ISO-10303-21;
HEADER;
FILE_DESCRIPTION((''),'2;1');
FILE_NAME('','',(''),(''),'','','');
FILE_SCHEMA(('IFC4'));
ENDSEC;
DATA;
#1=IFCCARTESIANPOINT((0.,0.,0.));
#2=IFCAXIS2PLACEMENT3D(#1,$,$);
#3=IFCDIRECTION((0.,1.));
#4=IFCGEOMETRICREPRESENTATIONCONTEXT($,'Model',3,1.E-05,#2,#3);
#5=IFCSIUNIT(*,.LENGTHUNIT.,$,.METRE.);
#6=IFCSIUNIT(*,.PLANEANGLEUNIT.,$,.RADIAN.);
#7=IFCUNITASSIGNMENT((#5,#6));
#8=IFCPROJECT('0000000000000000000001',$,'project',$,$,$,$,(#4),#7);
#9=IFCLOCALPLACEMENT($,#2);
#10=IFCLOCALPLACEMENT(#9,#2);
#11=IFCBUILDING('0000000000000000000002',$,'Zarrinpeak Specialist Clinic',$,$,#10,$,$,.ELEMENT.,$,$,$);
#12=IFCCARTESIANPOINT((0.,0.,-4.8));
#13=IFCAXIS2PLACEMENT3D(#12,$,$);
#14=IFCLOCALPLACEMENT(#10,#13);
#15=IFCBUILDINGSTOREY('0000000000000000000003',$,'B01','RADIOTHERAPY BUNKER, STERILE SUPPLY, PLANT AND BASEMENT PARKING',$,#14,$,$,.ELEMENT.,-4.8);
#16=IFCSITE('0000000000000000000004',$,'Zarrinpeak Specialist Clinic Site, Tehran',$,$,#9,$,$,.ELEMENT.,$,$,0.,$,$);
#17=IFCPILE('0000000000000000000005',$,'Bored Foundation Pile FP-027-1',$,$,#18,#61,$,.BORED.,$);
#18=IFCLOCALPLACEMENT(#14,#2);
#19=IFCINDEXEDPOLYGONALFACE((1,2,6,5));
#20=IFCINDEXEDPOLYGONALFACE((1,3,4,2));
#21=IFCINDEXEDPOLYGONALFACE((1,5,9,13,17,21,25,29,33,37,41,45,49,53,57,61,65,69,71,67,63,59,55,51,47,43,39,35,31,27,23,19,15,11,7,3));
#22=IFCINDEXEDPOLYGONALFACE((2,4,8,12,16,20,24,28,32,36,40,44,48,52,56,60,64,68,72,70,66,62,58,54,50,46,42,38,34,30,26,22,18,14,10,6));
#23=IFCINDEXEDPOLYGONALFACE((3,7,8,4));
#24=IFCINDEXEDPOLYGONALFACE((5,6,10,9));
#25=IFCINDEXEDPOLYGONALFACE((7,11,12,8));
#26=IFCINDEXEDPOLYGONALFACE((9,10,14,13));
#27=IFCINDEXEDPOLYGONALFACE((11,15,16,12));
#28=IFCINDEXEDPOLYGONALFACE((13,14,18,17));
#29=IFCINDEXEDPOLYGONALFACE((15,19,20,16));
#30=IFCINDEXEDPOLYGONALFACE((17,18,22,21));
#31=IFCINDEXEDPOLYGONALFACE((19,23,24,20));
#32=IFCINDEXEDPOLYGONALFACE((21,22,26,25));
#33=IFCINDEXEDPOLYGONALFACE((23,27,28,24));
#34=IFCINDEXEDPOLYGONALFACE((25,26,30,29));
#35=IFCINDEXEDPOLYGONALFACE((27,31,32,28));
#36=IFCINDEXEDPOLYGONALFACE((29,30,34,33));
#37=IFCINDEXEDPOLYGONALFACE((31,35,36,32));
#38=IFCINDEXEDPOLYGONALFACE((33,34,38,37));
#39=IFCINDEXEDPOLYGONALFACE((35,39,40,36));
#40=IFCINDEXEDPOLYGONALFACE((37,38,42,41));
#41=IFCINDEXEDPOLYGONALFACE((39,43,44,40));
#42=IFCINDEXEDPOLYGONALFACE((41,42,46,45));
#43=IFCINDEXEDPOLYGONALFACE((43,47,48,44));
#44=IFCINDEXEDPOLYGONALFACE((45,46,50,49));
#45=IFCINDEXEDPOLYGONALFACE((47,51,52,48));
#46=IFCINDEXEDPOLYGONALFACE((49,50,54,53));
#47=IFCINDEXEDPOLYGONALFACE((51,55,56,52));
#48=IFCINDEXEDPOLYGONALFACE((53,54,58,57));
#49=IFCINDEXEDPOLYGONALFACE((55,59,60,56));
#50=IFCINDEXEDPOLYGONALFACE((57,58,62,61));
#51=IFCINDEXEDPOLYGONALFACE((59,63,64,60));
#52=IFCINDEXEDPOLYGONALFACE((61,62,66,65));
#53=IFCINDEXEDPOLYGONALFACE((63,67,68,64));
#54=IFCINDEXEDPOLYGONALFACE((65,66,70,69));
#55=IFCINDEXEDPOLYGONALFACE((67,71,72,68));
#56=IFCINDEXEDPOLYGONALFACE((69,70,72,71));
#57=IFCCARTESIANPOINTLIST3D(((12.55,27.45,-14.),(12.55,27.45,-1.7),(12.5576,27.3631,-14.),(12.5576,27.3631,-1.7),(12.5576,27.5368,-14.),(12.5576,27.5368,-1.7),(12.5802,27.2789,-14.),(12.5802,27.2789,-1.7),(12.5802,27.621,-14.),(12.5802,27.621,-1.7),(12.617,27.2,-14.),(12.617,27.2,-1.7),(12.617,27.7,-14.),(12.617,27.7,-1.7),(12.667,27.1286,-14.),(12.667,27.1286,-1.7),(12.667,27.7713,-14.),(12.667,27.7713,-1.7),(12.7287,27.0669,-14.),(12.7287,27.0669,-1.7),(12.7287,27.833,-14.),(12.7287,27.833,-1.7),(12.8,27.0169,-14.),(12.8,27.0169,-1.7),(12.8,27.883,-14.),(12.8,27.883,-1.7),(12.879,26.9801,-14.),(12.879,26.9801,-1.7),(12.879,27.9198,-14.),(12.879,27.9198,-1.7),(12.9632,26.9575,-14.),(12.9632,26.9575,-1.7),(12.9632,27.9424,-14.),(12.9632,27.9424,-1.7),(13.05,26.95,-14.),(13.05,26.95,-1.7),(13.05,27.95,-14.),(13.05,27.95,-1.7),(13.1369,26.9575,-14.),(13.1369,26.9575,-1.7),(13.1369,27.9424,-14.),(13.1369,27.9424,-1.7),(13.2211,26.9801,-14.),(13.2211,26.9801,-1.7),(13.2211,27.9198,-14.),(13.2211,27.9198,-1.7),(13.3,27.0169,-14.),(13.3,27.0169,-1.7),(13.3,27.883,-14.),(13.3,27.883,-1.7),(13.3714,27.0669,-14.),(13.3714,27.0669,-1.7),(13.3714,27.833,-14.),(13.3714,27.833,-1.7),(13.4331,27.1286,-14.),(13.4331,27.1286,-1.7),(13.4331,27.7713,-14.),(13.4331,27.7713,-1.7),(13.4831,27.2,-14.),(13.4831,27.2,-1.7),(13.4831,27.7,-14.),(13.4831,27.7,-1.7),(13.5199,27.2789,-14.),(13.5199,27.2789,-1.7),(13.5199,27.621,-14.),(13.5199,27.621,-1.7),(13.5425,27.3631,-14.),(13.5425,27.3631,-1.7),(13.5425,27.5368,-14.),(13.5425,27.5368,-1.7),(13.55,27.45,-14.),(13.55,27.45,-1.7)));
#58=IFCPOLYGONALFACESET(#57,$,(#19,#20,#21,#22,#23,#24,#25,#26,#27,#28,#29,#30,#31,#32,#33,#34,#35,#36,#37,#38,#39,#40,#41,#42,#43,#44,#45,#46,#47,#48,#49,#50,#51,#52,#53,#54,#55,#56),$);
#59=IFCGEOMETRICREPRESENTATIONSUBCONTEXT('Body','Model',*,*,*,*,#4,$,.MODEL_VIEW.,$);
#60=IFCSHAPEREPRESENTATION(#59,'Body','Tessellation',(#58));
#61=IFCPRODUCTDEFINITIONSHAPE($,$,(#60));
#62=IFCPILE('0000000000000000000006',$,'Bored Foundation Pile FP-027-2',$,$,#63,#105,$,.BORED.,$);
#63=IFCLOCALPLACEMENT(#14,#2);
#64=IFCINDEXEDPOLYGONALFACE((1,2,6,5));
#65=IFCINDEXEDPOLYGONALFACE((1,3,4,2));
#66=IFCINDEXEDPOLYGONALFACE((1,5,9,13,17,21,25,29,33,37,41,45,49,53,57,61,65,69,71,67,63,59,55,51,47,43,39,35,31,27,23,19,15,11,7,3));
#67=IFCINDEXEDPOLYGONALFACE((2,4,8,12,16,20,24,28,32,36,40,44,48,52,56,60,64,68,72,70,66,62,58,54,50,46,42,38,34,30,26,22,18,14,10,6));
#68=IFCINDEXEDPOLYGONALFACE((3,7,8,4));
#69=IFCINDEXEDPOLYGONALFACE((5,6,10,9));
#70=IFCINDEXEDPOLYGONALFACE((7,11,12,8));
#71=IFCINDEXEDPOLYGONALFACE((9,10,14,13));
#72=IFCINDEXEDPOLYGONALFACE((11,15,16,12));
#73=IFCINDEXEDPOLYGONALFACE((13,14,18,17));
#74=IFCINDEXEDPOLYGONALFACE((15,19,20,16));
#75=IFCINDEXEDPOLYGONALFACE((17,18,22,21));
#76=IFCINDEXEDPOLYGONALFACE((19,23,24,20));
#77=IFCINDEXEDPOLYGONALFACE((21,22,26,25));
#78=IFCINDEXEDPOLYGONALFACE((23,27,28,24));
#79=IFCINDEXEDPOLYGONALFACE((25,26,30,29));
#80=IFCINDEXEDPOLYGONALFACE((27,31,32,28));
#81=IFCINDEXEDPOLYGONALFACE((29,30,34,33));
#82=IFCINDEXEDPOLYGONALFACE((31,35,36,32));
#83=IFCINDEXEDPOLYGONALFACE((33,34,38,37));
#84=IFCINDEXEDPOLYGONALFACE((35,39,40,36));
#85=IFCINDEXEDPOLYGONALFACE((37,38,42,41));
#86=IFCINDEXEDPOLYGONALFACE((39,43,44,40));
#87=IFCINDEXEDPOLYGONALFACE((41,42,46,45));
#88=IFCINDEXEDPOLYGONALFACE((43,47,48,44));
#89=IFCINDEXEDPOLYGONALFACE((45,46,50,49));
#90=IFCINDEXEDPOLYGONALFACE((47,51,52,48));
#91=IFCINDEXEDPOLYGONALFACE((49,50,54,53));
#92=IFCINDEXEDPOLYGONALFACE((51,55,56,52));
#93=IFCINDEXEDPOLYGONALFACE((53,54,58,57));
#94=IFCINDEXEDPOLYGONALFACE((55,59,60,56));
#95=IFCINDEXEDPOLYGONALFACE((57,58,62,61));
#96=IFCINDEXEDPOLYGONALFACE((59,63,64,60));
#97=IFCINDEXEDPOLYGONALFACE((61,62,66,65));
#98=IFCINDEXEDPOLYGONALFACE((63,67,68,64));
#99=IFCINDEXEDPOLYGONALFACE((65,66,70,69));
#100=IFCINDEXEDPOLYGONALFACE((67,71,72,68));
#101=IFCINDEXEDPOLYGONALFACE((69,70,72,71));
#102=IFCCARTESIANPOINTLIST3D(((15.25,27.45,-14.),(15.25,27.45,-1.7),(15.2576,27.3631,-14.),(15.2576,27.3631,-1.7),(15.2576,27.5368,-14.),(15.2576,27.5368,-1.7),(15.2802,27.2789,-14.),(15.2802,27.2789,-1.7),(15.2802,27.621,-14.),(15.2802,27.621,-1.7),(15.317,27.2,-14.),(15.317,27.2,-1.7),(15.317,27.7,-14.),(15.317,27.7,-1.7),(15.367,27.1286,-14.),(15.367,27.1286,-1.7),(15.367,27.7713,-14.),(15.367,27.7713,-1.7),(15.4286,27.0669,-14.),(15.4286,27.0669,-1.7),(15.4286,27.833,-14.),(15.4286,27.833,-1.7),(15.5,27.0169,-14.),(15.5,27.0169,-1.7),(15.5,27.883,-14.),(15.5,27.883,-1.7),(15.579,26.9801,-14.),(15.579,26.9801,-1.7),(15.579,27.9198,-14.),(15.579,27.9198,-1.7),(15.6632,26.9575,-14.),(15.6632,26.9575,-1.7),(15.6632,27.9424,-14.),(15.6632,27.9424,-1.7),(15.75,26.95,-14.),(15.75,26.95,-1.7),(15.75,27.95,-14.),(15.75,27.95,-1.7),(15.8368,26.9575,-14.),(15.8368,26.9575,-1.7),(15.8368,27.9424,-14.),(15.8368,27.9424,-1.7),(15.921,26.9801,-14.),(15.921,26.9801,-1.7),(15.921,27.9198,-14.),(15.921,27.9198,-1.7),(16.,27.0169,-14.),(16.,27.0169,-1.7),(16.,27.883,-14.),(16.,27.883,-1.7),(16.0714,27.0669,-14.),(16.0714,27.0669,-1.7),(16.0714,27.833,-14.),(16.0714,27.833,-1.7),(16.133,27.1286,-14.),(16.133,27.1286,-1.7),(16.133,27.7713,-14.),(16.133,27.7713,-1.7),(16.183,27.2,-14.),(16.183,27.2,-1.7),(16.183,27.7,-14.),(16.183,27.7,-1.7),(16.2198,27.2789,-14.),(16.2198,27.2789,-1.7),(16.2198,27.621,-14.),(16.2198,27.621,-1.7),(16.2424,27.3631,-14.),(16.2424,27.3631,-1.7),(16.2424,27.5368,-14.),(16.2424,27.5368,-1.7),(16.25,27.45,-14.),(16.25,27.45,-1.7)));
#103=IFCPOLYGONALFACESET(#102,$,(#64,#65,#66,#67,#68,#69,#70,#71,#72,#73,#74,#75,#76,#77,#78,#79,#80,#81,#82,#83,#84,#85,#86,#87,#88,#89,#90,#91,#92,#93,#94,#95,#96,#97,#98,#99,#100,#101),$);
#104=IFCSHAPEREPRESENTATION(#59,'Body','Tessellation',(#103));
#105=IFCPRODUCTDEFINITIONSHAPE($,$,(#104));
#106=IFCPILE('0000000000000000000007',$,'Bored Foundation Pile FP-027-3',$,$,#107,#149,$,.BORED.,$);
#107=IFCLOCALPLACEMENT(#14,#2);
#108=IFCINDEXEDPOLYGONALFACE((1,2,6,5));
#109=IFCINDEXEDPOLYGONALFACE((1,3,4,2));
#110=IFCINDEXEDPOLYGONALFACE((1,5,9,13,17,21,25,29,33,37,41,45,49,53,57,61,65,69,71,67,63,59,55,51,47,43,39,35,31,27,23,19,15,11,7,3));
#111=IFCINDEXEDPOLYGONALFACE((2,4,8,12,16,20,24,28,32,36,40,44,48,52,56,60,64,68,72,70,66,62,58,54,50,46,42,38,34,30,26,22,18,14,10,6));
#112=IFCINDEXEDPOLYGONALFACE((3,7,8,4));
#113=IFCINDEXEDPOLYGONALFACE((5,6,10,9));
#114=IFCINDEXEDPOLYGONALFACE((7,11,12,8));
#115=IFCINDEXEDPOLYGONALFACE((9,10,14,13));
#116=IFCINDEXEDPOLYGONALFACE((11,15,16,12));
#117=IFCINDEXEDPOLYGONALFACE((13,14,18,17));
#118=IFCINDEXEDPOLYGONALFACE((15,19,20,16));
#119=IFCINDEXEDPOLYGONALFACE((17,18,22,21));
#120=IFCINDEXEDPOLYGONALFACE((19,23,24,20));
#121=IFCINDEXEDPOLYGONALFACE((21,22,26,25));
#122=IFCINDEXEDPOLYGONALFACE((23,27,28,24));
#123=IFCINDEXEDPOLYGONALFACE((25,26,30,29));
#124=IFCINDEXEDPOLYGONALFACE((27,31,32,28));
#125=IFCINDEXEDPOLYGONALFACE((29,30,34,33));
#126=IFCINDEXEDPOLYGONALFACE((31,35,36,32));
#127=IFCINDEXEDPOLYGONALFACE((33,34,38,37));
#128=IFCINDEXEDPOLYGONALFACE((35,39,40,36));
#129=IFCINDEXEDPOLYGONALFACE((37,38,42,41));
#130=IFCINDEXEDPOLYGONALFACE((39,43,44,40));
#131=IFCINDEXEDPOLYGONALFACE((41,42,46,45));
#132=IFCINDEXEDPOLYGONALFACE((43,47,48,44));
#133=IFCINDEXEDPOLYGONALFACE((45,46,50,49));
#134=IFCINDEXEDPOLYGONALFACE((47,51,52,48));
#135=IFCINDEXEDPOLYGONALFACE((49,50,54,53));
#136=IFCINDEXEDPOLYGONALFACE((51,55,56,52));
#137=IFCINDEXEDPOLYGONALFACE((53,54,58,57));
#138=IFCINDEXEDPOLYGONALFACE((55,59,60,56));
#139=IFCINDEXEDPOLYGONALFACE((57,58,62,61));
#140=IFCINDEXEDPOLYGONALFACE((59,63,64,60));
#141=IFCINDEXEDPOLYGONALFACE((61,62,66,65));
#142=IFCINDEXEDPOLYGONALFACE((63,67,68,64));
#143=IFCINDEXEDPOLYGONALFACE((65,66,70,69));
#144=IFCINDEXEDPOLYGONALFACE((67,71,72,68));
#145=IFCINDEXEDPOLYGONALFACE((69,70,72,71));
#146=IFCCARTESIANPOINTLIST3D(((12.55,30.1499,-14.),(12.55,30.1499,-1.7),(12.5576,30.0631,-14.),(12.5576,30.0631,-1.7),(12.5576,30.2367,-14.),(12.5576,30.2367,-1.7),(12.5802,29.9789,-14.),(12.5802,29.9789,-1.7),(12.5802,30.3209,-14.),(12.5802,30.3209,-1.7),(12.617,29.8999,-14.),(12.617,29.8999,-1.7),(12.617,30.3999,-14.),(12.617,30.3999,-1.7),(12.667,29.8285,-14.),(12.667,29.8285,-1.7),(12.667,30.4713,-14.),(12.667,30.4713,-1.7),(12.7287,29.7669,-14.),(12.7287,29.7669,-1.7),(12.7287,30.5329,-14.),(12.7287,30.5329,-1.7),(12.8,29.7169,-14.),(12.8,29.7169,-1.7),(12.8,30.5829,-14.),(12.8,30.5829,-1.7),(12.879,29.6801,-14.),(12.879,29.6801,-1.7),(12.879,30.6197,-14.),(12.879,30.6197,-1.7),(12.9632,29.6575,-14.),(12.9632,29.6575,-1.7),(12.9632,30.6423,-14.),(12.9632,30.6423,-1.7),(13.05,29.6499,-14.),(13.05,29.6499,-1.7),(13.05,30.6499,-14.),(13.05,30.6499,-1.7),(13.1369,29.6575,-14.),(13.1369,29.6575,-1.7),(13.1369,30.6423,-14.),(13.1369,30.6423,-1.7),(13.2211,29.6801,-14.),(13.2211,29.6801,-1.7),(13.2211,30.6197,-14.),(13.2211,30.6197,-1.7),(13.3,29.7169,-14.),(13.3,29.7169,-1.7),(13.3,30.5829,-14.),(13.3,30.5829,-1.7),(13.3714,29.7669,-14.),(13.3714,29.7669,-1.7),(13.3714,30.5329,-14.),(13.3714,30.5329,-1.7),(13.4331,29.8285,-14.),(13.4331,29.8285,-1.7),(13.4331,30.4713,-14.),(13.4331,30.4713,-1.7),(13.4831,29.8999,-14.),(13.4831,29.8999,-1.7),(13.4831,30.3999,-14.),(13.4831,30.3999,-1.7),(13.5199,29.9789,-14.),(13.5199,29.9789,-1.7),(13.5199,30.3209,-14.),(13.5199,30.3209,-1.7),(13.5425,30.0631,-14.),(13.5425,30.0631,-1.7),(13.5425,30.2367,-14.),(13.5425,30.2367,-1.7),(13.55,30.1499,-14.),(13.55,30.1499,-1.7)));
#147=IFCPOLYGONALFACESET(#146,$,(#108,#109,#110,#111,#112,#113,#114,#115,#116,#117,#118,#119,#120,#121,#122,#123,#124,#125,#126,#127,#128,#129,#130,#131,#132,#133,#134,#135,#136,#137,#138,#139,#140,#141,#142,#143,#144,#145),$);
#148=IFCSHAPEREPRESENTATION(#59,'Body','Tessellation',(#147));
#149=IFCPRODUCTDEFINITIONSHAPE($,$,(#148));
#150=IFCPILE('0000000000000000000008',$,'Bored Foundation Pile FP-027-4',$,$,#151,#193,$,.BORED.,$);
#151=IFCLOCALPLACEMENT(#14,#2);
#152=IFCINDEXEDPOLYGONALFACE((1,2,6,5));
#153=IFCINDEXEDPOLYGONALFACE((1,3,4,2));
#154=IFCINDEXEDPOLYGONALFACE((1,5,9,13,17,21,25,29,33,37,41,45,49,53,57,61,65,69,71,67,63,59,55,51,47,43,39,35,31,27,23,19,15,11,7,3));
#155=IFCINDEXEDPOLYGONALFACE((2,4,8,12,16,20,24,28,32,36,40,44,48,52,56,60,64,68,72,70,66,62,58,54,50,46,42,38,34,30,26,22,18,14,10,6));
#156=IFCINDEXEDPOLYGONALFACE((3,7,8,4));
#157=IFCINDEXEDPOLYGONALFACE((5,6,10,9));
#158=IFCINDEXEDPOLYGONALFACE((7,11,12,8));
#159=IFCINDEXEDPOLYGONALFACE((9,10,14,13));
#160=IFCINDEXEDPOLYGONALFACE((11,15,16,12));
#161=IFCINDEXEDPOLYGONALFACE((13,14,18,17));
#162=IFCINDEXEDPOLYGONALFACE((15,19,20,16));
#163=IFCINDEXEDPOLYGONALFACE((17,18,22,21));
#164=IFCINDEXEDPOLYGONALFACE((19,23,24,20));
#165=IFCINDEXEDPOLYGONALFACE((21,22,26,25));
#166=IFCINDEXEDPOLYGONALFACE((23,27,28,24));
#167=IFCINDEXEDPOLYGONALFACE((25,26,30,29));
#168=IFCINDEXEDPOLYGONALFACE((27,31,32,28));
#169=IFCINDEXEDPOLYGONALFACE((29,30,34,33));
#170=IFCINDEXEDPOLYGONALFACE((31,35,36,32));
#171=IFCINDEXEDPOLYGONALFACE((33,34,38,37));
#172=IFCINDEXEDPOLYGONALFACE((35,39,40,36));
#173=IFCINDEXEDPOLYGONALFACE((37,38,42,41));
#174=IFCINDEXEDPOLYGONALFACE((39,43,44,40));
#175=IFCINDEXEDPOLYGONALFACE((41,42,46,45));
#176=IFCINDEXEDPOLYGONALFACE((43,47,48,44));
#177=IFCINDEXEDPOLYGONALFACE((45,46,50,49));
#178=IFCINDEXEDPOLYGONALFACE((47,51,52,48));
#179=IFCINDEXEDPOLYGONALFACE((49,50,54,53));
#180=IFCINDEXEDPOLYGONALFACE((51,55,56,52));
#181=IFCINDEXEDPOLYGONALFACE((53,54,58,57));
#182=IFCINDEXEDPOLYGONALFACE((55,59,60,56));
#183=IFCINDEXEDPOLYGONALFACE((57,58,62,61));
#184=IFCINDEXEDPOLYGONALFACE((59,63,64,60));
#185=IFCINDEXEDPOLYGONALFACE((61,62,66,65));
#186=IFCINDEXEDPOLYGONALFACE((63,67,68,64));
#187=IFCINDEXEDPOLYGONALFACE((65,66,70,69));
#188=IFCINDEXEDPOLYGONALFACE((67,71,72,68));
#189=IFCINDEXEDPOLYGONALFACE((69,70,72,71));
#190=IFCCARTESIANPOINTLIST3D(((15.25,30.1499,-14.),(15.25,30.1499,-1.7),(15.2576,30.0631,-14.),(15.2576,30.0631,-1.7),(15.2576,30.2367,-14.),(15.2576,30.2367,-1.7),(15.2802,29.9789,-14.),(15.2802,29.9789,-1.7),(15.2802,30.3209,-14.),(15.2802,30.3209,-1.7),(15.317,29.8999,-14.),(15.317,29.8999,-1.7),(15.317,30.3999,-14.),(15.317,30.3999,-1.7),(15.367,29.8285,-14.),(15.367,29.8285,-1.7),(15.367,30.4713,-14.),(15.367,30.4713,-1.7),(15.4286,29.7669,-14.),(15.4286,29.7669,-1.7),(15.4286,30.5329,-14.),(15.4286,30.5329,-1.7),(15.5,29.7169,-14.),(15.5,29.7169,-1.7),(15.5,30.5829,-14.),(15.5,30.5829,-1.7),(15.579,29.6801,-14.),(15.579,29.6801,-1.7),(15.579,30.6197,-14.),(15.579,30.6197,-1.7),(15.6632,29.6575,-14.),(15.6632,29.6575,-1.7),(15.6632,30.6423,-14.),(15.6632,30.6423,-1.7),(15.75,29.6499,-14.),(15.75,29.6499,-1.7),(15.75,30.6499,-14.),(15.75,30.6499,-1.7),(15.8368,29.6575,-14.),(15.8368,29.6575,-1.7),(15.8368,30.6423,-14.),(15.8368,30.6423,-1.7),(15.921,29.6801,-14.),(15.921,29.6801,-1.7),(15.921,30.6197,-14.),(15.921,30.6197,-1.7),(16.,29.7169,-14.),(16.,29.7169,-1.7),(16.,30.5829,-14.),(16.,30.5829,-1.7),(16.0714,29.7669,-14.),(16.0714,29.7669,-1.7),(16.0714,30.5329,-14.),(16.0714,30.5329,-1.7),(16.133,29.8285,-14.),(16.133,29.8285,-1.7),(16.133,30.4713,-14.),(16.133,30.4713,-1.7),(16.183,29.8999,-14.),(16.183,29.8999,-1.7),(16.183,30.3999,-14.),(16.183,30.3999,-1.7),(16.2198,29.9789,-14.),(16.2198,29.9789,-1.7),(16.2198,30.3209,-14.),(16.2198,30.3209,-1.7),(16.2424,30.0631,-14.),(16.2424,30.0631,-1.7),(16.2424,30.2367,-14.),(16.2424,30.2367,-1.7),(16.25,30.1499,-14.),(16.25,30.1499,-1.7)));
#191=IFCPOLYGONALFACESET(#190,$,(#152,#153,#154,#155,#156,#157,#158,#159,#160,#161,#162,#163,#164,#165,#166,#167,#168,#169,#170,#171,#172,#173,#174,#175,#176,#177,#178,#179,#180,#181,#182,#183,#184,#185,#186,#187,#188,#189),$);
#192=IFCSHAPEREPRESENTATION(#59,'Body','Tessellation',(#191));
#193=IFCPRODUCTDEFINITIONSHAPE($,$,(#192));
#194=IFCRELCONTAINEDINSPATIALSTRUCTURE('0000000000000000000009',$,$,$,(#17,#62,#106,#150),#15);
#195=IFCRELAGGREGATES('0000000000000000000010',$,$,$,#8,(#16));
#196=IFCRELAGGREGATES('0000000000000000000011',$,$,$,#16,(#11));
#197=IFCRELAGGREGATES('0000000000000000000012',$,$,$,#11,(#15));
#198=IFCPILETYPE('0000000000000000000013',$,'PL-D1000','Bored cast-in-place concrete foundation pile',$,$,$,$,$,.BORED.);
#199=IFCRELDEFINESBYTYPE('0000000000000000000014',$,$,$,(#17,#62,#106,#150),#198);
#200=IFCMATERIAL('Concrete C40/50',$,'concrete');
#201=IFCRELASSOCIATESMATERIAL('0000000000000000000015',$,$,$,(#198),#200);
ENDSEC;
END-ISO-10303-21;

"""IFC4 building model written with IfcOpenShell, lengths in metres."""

from ifc_helpers import new_model, si_unit, direction, frame, origin, origin_2d, place, context, subcontext, project, spatial, circle, extrude, material, material_profile, profile_set, type_object, element, save


model = new_model("IFC4")

# Units and contexts
model_context = context("Model", 3, precision=1e-05, world=origin(), true_north=direction((0.0, 1.0)))
body_context = subcontext(model_context, "Body", "Model", "MODEL_VIEW")
ifc_project = project(units=[si_unit("LENGTHUNIT", "METRE"), si_unit("PLANEANGLEUNIT", "RADIAN")], contexts=[model_context])

# Site, building, storey
site_placement = place(None, origin())
site = spatial("IfcSite", under=ifc_project, at=site_placement, Name="Zarrinpeak Specialist Clinic Site, Tehran", CompositionType="ELEMENT", RefElevation=0.0)
building_placement = place(site_placement, origin())
building = spatial("IfcBuilding", under=site, at=building_placement, Name="Zarrinpeak Specialist Clinic", CompositionType="ELEMENT")
storey_placement = place(building_placement, frame((0.0, 0.0, -4.8)))
storey = spatial("IfcBuildingStorey", under=building, at=storey_placement, Name="B01", Description="RADIOTHERAPY BUNKER, STERILE SUPPLY, PLANT AND BASEMENT PARKING", CompositionType="ELEMENT", Elevation=-4.8)

# Shared definitions
ifc_material_1 = material(Name="Concrete C40/50", Category="concrete")

# Piles
ifc_material_profile_1 = material_profile(ifc_material_1, circle(Radius=0.5, at=origin_2d()), Name="BORED PILE D1000")
ifc_profile_set_1 = profile_set([ifc_material_profile_1], Name="Concrete C40/50")
pile_type = type_object("IfcPileType", Name="PL-D1000", Description="Bored cast-in-place concrete foundation pile", PredefinedType="BORED", material=ifc_profile_set_1)
for number, where, z_axis, x_axis, name in (
    (1, (13.05, 27.45, -1.7), (0.0, 0.0, -1.0), (1.0, 0.0, 0.0), "Bored Foundation Pile FP-027-1"),
    (2, (15.75, 27.45, -1.7), (0.0, 0.0, -1.0), (1.0, 0.0, 0.0), "Bored Foundation Pile FP-027-2"),
    (3, (13.05, 30.1499, -1.7), (0.0, 0.0, -1.0), (1.0, 0.0, 0.0), "Bored Foundation Pile FP-027-3"),
    (4, (15.75, 30.1499, -1.7), (0.0, 0.0, -1.0), (1.0, 0.0, 0.0), "Bored Foundation Pile FP-027-4"),
):
    element("IfcPile", number, at=place(storey_placement, frame(where, z_axis=z_axis, x_axis=x_axis)), inside=storey, type_object=pile_type, Name=name, PredefinedType="BORED", context=body_context, shape_type="SweptSolid", body=[
        extrude(circle(Radius=0.5, at=origin_2d()), origin(), (0.0, 0.0, 1.0), 12.3),
    ])

save(model, "model.ifc")
